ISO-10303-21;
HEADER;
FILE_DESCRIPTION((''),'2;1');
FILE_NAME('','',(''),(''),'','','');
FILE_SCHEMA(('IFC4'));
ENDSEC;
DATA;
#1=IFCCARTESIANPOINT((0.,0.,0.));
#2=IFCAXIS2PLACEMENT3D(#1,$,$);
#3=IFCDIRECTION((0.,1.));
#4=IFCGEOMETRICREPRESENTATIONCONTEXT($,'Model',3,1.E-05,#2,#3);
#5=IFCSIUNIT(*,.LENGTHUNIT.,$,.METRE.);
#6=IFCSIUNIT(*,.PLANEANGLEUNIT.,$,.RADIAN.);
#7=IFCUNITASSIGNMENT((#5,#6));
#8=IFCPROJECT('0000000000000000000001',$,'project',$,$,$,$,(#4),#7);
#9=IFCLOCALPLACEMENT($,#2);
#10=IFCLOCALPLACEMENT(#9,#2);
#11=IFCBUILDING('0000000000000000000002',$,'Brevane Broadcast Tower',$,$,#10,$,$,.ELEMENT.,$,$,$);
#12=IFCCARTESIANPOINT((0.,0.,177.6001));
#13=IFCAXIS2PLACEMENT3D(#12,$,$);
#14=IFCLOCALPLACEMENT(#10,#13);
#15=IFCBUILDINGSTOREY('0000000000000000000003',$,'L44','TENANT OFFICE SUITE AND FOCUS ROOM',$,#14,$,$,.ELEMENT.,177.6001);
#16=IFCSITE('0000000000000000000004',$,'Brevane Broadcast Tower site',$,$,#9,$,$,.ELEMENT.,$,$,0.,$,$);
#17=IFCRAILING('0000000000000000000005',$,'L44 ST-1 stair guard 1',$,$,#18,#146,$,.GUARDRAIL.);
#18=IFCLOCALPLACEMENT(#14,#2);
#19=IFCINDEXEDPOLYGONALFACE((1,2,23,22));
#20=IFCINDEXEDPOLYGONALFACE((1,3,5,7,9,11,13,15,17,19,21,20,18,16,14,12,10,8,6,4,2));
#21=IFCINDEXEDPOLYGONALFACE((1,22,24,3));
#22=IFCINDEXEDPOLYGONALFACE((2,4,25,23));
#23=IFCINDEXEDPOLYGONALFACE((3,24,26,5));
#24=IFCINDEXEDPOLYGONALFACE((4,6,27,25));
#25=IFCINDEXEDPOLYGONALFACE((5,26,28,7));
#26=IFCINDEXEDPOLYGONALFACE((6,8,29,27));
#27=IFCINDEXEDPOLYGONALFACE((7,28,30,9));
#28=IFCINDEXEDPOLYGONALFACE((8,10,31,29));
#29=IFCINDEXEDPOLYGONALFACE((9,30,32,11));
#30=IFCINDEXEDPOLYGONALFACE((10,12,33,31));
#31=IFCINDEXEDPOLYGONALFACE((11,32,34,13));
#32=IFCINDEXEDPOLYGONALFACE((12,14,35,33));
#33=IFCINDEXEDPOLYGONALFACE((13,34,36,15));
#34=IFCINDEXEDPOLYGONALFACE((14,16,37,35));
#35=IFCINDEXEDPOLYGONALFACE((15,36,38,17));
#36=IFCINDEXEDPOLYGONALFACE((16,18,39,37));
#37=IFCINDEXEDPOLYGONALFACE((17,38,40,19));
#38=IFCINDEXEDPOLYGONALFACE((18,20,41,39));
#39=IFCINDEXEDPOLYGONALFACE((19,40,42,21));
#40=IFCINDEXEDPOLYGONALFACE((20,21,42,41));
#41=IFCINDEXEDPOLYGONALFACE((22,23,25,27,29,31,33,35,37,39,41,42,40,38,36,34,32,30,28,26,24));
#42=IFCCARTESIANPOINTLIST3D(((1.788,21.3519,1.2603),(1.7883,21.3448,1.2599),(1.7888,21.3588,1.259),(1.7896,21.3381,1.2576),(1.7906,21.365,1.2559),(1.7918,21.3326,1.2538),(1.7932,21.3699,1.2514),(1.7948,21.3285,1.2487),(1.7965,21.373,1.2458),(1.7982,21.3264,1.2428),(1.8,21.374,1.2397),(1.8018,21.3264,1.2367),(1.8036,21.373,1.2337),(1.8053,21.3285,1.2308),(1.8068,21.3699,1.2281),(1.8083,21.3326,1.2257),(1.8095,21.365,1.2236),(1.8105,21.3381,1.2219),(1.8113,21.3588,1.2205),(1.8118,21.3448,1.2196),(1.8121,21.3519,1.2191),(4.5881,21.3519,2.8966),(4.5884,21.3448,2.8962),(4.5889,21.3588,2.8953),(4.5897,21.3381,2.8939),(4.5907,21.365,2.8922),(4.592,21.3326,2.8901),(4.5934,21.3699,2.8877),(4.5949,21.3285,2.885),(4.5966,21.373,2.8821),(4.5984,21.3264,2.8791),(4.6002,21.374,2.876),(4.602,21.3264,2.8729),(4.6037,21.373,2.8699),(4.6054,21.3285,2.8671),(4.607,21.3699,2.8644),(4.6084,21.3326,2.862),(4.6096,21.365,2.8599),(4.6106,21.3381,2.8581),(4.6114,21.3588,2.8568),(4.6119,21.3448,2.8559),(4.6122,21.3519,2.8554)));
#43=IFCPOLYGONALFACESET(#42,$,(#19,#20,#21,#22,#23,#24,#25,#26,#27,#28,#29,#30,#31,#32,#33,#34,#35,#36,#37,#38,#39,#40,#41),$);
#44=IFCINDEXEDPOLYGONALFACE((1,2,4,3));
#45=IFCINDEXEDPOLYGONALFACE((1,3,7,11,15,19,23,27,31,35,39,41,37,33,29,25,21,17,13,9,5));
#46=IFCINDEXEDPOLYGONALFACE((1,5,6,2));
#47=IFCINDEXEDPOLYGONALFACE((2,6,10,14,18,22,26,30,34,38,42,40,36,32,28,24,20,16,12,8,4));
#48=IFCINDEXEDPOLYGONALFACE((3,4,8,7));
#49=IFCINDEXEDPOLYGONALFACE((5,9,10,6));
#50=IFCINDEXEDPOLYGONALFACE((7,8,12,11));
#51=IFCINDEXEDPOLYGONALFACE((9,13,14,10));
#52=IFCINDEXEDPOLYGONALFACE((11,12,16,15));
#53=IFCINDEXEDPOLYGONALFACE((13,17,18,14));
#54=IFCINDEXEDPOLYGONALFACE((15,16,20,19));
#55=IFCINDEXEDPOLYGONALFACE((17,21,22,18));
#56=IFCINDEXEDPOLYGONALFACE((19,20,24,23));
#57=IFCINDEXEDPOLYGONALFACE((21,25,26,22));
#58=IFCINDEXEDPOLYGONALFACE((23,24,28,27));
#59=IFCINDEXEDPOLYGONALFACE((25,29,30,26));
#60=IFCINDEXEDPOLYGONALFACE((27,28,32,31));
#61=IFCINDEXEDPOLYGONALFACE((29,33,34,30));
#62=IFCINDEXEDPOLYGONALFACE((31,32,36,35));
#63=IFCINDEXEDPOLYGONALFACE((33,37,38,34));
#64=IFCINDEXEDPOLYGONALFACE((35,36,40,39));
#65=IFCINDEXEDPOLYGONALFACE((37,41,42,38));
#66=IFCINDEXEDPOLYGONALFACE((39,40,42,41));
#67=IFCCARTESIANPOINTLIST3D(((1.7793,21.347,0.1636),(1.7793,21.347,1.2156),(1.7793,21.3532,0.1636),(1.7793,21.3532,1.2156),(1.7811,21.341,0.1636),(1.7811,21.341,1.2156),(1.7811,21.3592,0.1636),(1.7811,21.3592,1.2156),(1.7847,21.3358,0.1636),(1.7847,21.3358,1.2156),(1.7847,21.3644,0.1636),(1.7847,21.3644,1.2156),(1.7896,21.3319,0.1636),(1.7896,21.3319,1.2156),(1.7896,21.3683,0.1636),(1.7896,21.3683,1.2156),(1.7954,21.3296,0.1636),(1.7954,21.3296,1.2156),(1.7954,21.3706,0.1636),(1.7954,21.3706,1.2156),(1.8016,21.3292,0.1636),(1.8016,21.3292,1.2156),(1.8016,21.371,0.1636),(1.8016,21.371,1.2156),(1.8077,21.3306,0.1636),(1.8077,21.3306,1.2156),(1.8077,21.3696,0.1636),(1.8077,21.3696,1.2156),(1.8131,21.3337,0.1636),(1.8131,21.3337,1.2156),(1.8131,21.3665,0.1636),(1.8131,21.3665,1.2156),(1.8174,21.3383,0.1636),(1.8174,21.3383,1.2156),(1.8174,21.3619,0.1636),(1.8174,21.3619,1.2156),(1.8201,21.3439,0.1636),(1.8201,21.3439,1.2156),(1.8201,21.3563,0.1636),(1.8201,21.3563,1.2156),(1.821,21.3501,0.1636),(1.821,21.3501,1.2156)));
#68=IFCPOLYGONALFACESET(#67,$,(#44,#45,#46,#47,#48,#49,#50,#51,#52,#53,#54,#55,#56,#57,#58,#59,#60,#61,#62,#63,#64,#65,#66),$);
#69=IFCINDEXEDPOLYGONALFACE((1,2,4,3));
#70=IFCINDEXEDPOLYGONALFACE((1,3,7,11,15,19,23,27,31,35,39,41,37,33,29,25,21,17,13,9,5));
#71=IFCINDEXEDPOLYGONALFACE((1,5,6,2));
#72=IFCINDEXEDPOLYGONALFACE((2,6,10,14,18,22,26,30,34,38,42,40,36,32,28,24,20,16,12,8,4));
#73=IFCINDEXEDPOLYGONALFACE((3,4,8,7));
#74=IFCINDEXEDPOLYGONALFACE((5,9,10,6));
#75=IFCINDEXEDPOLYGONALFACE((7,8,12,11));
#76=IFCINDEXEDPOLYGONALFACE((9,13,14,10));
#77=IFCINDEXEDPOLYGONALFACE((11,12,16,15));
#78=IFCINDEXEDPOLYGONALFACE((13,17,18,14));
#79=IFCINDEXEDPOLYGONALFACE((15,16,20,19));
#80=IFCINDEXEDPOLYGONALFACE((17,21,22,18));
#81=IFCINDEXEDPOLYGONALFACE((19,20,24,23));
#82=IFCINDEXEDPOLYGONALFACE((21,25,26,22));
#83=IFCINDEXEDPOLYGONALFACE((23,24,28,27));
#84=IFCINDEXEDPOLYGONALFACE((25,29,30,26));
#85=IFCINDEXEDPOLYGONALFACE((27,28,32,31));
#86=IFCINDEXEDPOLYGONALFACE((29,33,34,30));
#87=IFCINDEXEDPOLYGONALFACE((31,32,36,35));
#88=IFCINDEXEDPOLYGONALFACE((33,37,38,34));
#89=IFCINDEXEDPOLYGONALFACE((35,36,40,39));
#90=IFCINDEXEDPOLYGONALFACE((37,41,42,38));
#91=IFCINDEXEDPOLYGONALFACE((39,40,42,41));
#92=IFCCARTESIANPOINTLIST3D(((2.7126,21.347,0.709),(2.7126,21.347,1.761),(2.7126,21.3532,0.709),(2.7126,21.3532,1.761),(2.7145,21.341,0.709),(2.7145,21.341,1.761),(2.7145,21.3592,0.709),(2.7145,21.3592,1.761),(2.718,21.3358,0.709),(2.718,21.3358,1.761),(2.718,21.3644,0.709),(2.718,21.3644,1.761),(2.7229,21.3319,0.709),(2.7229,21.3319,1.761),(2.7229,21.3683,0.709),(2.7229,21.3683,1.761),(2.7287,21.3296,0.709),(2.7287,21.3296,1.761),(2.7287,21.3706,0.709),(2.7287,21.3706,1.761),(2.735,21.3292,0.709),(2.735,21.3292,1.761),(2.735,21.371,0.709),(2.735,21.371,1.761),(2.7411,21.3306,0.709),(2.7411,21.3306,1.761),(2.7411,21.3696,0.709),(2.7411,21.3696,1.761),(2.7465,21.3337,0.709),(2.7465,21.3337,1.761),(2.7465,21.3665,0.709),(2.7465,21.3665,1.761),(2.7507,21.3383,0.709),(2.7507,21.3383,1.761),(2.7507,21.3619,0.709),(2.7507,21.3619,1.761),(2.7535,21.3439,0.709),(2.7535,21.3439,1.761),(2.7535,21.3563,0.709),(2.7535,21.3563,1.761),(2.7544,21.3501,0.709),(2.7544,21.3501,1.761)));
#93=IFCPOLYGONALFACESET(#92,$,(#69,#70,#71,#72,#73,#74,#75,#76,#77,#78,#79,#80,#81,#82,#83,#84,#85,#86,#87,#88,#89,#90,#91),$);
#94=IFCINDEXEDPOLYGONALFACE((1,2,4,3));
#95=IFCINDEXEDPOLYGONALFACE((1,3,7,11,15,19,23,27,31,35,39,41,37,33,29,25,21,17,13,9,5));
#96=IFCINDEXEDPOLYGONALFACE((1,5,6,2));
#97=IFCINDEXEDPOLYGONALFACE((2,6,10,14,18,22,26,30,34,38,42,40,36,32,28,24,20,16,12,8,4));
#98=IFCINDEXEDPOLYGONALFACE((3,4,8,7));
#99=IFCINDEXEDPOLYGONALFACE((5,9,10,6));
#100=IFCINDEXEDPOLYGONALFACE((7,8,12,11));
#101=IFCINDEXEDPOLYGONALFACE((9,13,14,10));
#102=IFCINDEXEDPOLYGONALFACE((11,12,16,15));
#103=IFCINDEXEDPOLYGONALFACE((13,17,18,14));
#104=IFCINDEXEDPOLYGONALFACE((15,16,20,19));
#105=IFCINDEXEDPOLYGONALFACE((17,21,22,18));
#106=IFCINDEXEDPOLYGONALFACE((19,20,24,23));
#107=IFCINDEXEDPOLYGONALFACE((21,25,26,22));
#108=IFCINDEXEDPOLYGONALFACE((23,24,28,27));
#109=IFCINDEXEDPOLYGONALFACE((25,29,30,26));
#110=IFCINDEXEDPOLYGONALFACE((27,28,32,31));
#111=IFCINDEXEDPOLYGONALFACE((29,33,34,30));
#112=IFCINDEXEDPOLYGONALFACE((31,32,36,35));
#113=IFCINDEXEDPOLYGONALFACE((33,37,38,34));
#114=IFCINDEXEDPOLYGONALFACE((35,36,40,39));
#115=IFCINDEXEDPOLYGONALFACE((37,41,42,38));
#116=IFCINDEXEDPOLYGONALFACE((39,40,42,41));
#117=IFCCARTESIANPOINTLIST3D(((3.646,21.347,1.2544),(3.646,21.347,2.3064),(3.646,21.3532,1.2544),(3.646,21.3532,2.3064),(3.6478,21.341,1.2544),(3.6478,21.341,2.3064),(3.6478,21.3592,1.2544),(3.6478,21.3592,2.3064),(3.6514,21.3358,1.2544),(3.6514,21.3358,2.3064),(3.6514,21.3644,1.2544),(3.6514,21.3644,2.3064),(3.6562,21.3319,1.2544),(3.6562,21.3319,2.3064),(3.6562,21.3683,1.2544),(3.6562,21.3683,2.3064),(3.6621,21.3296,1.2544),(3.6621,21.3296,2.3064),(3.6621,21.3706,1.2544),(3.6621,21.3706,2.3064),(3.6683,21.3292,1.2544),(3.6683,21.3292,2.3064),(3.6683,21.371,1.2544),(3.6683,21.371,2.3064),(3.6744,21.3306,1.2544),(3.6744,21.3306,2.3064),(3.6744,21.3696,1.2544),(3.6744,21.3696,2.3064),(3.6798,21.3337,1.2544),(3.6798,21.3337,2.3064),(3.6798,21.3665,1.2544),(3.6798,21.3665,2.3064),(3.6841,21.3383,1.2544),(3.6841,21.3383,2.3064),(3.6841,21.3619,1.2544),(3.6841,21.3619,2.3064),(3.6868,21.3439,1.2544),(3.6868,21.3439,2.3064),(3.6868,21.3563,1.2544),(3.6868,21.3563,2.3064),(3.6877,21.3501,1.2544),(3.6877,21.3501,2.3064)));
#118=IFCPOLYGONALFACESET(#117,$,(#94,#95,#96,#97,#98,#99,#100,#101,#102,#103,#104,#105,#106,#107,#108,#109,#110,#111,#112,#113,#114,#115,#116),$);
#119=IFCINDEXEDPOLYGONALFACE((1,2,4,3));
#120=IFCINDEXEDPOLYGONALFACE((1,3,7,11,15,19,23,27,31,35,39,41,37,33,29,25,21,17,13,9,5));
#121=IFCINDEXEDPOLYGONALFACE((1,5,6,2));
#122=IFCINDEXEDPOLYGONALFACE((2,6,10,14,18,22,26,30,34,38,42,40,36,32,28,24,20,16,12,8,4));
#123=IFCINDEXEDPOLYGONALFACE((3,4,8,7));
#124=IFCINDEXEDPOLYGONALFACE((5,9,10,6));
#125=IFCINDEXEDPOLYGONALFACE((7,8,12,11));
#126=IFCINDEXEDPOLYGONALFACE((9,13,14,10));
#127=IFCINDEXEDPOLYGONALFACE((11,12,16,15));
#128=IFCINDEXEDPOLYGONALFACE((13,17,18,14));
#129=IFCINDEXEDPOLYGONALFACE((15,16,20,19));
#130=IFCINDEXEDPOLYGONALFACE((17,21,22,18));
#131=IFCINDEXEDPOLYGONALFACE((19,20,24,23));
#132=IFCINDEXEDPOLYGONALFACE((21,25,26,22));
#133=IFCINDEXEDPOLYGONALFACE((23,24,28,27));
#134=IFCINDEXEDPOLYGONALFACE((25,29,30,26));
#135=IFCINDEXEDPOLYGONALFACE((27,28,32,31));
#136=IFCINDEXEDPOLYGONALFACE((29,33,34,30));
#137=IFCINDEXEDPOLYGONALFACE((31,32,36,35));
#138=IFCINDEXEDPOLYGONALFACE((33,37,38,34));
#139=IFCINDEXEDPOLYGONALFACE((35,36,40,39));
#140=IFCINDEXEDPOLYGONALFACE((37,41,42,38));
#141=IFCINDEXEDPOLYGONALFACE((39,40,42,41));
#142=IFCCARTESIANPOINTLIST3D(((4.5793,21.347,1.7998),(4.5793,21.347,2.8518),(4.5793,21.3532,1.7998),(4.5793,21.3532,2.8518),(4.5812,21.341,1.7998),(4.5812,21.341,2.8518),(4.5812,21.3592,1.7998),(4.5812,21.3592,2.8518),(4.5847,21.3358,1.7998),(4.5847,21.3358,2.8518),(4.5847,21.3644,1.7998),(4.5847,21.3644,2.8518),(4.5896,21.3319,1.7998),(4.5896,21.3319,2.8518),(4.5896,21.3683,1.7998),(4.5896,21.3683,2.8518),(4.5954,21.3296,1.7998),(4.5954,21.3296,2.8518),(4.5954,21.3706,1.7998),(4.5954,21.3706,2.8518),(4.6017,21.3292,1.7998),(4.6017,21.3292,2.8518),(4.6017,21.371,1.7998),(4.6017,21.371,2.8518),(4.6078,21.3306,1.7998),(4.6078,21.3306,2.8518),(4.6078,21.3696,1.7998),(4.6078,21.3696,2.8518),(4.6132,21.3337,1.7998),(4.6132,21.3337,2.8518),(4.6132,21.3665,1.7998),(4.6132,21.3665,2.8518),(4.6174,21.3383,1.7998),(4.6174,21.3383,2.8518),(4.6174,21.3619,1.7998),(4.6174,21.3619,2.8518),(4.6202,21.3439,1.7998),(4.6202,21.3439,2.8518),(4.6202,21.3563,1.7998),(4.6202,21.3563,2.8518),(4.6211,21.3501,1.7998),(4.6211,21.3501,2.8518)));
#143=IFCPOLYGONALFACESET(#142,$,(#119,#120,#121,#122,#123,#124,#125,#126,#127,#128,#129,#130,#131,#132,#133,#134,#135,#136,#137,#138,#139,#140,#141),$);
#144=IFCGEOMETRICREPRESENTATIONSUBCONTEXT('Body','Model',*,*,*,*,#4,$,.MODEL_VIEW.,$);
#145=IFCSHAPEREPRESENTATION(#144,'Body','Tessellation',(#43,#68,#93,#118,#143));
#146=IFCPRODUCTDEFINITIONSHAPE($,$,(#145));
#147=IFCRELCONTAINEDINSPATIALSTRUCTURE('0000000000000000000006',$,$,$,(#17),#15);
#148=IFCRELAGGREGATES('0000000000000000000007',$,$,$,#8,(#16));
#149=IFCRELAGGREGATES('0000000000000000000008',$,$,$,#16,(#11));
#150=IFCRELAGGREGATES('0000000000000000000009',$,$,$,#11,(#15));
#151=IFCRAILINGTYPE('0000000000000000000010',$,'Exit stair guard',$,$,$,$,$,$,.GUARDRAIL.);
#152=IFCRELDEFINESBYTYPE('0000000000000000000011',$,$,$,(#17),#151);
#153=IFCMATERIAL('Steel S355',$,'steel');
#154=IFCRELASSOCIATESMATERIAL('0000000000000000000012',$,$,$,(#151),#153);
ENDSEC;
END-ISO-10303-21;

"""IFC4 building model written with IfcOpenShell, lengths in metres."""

from ifc_helpers import new_model, si_unit, direction, frame, origin, origin_2d, place, context, subcontext, project, spatial, circle, extrude, material, type_object, element, save


model = new_model("IFC4")

# Units and contexts
model_context = context("Model", 3, precision=1e-05, world=origin(), true_north=direction((0.0, 1.0)))
body_context = subcontext(model_context, "Body", "Model", "MODEL_VIEW")
ifc_project = project(units=[si_unit("LENGTHUNIT", "METRE"), si_unit("PLANEANGLEUNIT", "RADIAN")], contexts=[model_context])

# Site, building, storey
site_placement = place(None, origin())
site = spatial("IfcSite", under=ifc_project, at=site_placement, Name="Brevane Broadcast Tower site", CompositionType="ELEMENT", RefElevation=0.0)
building_placement = place(site_placement, origin())
building = spatial("IfcBuilding", under=site, at=building_placement, Name="Brevane Broadcast Tower", CompositionType="ELEMENT")
storey_placement = place(building_placement, frame((0.0, 0.0, 177.6001)))
storey = spatial("IfcBuildingStorey", under=building, at=storey_placement, Name="L44", Description="TENANT OFFICE SUITE AND FOCUS ROOM", CompositionType="ELEMENT", Elevation=177.6001)

# Railing
ifc_material_1 = material(Name="Steel S355", Category="steel")
railing_type_1 = type_object("IfcRailingType", Name="Exit stair guard", PredefinedType="GUARDRAIL", material=ifc_material_1)
railing_1_placement = place(storey_placement, frame((1.8, 21.3501, 0.1636)))
element("IfcRailing", 1, at=railing_1_placement, inside=storey, type_object=railing_type_1, Name="L44 ST-1 stair guard 1", PredefinedType="GUARDRAIL", context=body_context, shape_type="SweptSolid", body=[
    extrude(circle(Radius=0.0239, at=origin_2d()), frame((0.0, 0.0, 1.0762), z_axis=(0.863394, 0.0, 0.504531), x_axis=(0.0, 1.0, 0.0)), (0.0, 0.0, 1.0), 3.2432),
    extrude(circle(Radius=0.021, at=origin_2d()), origin(), (0.0, 0.0, 1.0), 1.052),
    extrude(circle(Radius=0.021, at=origin_2d()), frame((0.9333, 0.0, 0.5454)), (0.0, 0.0, 1.0), 1.052),
    extrude(circle(Radius=0.021, at=origin_2d()), frame((1.8667, 0.0, 1.0908)), (0.0, 0.0, 1.0), 1.052),
    extrude(circle(Radius=0.021, at=origin_2d()), frame((2.8, 0.0, 1.6362)), (0.0, 0.0, 1.0), 1.052),
])

save(model, "model.ifc")
